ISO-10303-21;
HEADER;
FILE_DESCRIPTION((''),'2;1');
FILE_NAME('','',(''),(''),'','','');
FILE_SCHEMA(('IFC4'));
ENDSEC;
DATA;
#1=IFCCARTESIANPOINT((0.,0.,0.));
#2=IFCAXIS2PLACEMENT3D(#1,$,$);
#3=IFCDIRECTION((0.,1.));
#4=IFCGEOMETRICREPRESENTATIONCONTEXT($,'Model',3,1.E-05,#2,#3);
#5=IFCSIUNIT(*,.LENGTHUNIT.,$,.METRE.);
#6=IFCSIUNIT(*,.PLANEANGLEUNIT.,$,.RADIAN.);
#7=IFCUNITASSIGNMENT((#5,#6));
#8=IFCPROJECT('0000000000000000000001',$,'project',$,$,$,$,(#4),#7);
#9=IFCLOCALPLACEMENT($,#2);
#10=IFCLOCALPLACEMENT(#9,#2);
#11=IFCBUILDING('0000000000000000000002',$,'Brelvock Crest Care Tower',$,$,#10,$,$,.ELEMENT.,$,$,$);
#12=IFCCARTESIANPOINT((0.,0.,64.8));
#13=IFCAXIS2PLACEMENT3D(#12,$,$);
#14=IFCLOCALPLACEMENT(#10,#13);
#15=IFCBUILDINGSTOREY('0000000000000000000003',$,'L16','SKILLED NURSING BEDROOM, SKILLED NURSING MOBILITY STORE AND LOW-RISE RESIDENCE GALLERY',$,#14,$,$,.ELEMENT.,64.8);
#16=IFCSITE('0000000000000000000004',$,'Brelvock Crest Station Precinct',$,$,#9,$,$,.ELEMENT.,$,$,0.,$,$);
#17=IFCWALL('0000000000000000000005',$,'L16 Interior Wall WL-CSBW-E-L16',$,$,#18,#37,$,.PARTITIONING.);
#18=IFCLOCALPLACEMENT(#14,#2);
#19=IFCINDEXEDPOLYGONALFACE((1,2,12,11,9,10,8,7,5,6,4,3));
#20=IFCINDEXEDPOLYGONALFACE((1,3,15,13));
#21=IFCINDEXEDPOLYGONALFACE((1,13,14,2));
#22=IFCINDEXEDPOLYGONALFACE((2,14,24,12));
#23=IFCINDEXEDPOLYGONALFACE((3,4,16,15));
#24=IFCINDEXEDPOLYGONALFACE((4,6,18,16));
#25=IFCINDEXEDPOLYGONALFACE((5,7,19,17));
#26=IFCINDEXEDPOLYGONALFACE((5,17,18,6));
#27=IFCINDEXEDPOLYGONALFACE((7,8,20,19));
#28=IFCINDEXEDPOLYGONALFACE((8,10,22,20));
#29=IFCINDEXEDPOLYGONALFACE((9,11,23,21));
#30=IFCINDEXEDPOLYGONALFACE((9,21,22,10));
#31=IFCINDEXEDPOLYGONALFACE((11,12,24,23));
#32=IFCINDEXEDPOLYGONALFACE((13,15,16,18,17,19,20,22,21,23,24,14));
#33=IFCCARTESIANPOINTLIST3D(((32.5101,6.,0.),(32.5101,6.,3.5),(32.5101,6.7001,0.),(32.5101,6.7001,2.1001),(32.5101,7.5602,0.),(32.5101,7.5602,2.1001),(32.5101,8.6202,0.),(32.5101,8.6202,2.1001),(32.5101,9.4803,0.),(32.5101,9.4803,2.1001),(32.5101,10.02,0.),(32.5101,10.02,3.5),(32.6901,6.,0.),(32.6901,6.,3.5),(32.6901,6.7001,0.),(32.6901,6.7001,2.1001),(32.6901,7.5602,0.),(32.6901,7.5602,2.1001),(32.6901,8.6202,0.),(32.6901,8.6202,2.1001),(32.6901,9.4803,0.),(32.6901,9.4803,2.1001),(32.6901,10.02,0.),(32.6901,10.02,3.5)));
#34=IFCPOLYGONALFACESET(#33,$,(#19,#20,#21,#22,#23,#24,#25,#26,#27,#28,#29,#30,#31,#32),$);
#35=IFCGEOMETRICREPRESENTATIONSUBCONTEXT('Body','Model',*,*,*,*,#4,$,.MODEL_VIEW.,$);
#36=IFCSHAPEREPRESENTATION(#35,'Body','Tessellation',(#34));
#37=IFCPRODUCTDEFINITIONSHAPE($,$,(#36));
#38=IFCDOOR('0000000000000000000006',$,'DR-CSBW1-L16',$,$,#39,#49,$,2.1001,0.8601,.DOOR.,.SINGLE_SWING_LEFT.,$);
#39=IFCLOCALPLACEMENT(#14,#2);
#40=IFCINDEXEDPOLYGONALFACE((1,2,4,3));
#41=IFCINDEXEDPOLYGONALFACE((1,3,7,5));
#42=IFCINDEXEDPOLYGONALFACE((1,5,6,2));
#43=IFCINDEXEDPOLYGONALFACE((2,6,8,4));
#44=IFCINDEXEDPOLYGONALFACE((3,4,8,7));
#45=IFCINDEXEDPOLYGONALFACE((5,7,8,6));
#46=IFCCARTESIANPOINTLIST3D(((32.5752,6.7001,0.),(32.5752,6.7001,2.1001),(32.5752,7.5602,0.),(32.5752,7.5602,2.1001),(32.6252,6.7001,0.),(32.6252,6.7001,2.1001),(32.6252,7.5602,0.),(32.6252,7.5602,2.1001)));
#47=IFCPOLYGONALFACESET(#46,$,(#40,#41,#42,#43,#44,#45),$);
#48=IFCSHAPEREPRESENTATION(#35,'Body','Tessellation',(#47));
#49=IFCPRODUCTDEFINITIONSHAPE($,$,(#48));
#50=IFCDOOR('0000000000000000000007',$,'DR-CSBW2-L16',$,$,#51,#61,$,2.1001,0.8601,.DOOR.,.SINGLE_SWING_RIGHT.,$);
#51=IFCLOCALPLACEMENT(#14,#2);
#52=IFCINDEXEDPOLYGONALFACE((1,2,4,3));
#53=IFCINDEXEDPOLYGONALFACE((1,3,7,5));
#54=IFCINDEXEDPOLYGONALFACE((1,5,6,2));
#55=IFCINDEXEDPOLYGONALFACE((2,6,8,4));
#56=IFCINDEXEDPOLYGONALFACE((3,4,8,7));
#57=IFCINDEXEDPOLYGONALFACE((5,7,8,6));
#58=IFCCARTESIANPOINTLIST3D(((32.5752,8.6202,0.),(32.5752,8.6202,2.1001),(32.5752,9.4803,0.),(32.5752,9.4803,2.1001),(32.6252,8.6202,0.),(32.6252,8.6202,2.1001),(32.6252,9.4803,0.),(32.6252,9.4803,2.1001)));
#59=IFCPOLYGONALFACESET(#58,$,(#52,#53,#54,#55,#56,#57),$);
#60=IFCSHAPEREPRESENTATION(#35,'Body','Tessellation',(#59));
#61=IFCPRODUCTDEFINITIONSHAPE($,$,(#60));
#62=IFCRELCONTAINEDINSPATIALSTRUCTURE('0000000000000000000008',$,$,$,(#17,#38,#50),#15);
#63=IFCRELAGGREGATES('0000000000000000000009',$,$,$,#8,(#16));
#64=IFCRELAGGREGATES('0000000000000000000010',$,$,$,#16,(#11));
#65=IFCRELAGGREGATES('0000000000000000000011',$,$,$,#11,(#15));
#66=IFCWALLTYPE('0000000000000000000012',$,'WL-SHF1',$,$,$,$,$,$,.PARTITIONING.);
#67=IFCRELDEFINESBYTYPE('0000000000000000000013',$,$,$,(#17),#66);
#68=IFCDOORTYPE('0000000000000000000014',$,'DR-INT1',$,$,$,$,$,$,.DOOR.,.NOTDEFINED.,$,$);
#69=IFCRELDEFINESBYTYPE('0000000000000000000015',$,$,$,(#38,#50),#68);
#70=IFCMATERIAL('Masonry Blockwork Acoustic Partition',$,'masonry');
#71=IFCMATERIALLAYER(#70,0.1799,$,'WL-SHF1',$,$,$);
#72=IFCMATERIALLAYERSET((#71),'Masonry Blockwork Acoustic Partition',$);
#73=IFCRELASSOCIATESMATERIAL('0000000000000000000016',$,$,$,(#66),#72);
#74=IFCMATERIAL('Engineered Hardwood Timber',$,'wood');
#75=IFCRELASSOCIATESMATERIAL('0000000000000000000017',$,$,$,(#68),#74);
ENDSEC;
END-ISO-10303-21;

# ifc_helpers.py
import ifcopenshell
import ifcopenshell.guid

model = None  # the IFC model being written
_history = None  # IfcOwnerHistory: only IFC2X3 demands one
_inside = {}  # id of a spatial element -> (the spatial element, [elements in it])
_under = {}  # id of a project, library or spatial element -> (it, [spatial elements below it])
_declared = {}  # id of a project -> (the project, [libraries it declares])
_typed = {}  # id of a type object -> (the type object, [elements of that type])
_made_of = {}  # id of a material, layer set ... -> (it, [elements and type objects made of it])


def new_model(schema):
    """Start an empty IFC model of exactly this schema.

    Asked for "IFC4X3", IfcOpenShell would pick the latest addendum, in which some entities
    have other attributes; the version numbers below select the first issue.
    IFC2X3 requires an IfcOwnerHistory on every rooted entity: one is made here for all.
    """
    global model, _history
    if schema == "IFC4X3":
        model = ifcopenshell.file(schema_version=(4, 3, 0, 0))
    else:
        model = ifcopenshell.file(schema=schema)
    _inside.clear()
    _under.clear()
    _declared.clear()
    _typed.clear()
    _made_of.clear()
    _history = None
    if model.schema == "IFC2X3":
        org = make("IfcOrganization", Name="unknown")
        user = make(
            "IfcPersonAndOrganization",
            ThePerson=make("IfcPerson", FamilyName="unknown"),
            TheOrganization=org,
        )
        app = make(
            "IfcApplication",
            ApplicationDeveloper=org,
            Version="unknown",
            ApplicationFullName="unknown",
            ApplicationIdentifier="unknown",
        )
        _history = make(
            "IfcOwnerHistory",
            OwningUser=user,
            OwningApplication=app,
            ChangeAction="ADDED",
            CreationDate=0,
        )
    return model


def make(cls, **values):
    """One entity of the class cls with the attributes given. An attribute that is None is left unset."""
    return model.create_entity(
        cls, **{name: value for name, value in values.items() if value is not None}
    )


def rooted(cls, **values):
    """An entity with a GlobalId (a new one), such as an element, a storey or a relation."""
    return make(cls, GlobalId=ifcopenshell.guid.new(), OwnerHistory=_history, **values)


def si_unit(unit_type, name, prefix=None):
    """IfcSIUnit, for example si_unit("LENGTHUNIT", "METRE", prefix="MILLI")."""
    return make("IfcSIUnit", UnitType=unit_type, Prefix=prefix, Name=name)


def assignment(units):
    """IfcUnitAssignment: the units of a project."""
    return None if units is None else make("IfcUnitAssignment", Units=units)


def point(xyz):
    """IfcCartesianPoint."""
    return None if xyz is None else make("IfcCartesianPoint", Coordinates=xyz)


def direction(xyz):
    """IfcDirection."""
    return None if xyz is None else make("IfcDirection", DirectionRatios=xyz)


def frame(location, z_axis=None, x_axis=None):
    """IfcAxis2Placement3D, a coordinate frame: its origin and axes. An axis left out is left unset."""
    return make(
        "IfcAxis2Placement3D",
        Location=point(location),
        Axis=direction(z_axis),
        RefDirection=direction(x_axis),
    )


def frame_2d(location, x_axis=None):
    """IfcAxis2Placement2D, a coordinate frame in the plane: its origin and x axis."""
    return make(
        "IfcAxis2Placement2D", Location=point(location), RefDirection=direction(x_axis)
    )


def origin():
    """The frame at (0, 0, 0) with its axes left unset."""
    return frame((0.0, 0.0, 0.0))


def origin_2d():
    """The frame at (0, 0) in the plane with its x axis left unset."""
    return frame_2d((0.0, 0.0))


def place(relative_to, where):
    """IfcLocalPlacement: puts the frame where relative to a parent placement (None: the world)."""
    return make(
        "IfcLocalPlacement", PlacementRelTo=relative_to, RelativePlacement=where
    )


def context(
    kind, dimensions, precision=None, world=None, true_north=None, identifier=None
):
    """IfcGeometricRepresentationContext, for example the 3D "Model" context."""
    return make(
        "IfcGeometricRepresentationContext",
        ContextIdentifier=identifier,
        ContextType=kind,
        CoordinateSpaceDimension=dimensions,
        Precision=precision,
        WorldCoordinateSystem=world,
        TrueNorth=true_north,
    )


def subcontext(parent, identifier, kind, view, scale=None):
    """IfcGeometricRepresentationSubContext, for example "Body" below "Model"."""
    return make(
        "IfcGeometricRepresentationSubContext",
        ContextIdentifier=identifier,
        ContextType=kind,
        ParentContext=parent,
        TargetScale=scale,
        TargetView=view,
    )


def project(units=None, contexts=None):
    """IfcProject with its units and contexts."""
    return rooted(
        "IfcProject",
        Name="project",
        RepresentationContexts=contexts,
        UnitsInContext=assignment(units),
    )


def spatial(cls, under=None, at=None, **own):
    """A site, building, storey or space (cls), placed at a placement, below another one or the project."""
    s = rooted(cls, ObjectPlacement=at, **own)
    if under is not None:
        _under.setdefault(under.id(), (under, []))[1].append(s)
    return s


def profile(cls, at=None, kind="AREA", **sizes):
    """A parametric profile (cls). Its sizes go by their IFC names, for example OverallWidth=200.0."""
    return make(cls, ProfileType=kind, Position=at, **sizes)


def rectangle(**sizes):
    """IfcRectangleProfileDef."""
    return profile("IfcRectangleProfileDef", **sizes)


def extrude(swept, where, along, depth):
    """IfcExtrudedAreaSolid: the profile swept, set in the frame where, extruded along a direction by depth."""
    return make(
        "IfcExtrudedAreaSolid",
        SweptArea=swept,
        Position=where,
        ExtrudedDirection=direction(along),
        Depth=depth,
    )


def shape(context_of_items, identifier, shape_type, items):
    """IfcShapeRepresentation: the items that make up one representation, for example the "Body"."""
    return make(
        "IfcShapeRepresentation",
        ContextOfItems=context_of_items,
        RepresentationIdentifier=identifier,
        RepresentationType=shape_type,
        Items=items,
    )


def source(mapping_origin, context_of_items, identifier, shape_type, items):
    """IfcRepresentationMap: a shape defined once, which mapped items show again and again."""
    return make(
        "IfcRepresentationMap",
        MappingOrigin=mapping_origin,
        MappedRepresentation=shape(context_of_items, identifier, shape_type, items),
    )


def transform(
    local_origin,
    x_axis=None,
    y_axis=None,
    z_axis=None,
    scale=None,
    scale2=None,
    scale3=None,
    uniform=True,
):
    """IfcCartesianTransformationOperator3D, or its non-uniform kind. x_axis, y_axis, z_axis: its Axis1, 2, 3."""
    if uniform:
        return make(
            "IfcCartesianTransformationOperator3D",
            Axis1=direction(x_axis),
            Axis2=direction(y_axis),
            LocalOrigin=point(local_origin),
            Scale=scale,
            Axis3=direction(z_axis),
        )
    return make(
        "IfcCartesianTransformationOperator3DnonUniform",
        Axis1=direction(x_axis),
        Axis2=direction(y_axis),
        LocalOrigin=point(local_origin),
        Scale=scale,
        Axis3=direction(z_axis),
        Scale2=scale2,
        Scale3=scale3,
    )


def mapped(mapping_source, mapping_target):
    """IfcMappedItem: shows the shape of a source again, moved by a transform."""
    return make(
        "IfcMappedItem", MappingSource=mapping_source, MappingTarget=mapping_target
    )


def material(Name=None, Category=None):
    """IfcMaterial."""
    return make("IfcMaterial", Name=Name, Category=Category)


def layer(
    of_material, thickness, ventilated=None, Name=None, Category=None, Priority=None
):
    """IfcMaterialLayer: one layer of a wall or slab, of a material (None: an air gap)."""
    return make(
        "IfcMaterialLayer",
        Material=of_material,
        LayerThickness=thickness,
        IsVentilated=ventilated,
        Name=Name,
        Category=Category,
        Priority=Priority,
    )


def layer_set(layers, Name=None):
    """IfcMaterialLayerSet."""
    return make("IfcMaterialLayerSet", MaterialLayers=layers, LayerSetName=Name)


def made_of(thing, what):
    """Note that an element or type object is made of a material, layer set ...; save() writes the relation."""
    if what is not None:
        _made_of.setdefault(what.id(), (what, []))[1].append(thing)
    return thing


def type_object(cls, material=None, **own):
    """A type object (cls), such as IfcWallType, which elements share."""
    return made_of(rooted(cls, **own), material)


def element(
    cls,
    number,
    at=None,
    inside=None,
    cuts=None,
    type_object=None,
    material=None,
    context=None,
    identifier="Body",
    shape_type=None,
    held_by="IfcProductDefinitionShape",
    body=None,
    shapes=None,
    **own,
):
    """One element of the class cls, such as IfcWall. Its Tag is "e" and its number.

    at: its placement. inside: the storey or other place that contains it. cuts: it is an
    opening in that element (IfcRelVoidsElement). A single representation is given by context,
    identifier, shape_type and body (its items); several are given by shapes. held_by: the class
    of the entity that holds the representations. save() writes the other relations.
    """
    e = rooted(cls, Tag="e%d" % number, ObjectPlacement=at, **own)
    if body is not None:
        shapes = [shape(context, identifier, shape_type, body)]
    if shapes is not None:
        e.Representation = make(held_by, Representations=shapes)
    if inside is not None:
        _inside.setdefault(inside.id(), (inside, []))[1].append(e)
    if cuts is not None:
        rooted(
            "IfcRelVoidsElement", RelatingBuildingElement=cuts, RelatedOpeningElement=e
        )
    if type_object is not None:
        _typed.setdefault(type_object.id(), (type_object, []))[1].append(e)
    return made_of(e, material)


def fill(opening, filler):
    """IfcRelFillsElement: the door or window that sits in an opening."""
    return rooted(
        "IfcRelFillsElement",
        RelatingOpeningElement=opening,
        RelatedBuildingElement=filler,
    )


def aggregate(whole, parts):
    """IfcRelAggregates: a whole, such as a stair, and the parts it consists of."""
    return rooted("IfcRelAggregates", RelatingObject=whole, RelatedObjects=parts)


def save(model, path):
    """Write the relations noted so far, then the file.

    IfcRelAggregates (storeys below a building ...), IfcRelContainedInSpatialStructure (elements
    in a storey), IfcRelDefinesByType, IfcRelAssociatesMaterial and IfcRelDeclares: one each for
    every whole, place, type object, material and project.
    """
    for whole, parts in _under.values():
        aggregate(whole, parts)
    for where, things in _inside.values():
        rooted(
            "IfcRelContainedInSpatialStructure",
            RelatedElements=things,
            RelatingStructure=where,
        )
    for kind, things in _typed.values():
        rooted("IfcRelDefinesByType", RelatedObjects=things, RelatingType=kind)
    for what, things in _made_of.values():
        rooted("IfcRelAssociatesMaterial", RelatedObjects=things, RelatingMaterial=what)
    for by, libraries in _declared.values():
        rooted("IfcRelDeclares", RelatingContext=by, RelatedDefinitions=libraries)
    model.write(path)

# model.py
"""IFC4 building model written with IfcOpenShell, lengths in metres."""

from ifc_helpers import new_model, si_unit, direction, frame, frame_2d, origin, origin_2d, place, context, subcontext, project, spatial, rectangle, extrude, source, transform, mapped, material, layer, layer_set, type_object, element, fill, save


model = new_model("IFC4")

# Units and contexts
model_context = context("Model", 3, precision=1e-05, world=origin(), true_north=direction((0.0, 1.0)))
body_context = subcontext(model_context, "Body", "Model", "MODEL_VIEW")
ifc_project = project(units=[si_unit("LENGTHUNIT", "METRE"), si_unit("PLANEANGLEUNIT", "RADIAN")], contexts=[model_context])

# Site, building, storey
site_placement = place(None, origin())
site = spatial("IfcSite", under=ifc_project, at=site_placement, Name="Brelvock Crest Station Precinct", CompositionType="ELEMENT", RefElevation=0.0)
building_placement = place(site_placement, origin())
building = spatial("IfcBuilding", under=site, at=building_placement, Name="Brelvock Crest Care Tower", CompositionType="ELEMENT")
storey_placement = place(building_placement, frame((0.0, 0.0, 64.8)))
storey = spatial("IfcBuildingStorey", under=building, at=storey_placement, Name="L16", Description="SKILLED NURSING BEDROOM, SKILLED NURSING MOBILITY STORE AND LOW-RISE RESIDENCE GALLERY", CompositionType="ELEMENT", Elevation=64.8)

# Wall, openings, doors
ifc_material_1 = material(Name="Masonry Blockwork Acoustic Partition", Category="masonry")
ifc_layer_1 = layer(ifc_material_1, 0.1799, Name="WL-SHF1")
ifc_layer_set_1 = layer_set([ifc_layer_1], Name="Masonry Blockwork Acoustic Partition")
wall_type_1 = type_object("IfcWallType", Name="WL-SHF1", PredefinedType="PARTITIONING", material=ifc_layer_set_1)
wall_1_placement = place(storey_placement, frame((32.6001, 6.0, 0.0), z_axis=(0.0, 0.0, 1.0), x_axis=(0.0, 1.0, 0.0)))
wall_1 = element("IfcWall", 1, at=wall_1_placement, inside=storey, type_object=wall_type_1, Name="L16 Interior Wall WL-CSBW-E-L16", PredefinedType="PARTITIONING", context=body_context, shape_type="SweptSolid", body=[
    extrude(rectangle(XDim=4.02, YDim=0.1799, at=frame_2d((2.01, 0.0))), origin(), (0.0, 0.0, 1.0), 3.5),
])
opening_1_placement = place(wall_1_placement, frame((0.7, 0.0, 0.0)))
opening_1 = element("IfcOpeningElement", 2, at=opening_1_placement, cuts=wall_1, PredefinedType="OPENING", context=body_context, shape_type="SweptSolid", body=[
    extrude(rectangle(XDim=0.8601, YDim=2.1001, at=origin_2d()), frame((0.4302, 0.1001, 1.05), z_axis=(0.0, -1.0, 0.0), x_axis=(1.0, 0.0, 0.0)), (0.0, 0.0, 1.0), 0.2),
])
opening_2_placement = place(wall_1_placement, frame((2.6201, 0.0, 0.0)))
opening_2 = element("IfcOpeningElement", 3, at=opening_2_placement, cuts=wall_1, PredefinedType="OPENING", context=body_context, shape_type="SweptSolid", body=[
    extrude(rectangle(XDim=0.8601, YDim=2.1001, at=origin_2d()), frame((0.4302, 0.1001, 1.05), z_axis=(0.0, -1.0, 0.0), x_axis=(1.0, 0.0, 0.0)), (0.0, 0.0, 1.0), 0.2),
])
ifc_material_2 = material(Name="Engineered Hardwood Timber", Category="wood")
door_type = type_object("IfcDoorType", Name="DR-INT1", OperationType="NOTDEFINED", PredefinedType="DOOR", material=ifc_material_2)
shared_shape_1 = source(origin(), body_context, "Body", "SweptSolid", [
    extrude(rectangle(XDim=0.8601, YDim=2.1001, at=origin_2d()), frame((0.4302, 0.0249, 1.05), z_axis=(0.0, -1.0, 0.0), x_axis=(1.0, 0.0, 0.0)), (0.0, 0.0, 1.0), 0.05),
])
door_1_placement = place(opening_1_placement, origin())
door_1 = element("IfcDoor", 4, at=door_1_placement, inside=storey, type_object=door_type, Name="DR-CSBW1-L16", OperationType="SINGLE_SWING_LEFT", OverallHeight=2.1001, OverallWidth=0.8601, PredefinedType="DOOR", context=body_context, shape_type="MappedRepresentation", body=[
    mapped(shared_shape_1, transform((0.0, 0.0, 0.0), x_axis=(1.0, 0.0, 0.0), y_axis=(0.0, 1.0, 0.0), z_axis=(0.0, 0.0, 1.0), scale=1.0)),
])
fill(opening_1, door_1)
door_2_placement = place(opening_2_placement, origin())
door_2 = element("IfcDoor", 5, at=door_2_placement, inside=storey, type_object=door_type, Name="DR-CSBW2-L16", OperationType="SINGLE_SWING_RIGHT", OverallHeight=2.1001, OverallWidth=0.8601, PredefinedType="DOOR", context=body_context, shape_type="MappedRepresentation", body=[
    mapped(shared_shape_1, transform((0.0, 0.0, 0.0), x_axis=(1.0, 0.0, 0.0), y_axis=(0.0, 1.0, 0.0), z_axis=(0.0, 0.0, 1.0), scale=1.0)),
])
fill(opening_2, door_2)

save(model, "model.ifc")
